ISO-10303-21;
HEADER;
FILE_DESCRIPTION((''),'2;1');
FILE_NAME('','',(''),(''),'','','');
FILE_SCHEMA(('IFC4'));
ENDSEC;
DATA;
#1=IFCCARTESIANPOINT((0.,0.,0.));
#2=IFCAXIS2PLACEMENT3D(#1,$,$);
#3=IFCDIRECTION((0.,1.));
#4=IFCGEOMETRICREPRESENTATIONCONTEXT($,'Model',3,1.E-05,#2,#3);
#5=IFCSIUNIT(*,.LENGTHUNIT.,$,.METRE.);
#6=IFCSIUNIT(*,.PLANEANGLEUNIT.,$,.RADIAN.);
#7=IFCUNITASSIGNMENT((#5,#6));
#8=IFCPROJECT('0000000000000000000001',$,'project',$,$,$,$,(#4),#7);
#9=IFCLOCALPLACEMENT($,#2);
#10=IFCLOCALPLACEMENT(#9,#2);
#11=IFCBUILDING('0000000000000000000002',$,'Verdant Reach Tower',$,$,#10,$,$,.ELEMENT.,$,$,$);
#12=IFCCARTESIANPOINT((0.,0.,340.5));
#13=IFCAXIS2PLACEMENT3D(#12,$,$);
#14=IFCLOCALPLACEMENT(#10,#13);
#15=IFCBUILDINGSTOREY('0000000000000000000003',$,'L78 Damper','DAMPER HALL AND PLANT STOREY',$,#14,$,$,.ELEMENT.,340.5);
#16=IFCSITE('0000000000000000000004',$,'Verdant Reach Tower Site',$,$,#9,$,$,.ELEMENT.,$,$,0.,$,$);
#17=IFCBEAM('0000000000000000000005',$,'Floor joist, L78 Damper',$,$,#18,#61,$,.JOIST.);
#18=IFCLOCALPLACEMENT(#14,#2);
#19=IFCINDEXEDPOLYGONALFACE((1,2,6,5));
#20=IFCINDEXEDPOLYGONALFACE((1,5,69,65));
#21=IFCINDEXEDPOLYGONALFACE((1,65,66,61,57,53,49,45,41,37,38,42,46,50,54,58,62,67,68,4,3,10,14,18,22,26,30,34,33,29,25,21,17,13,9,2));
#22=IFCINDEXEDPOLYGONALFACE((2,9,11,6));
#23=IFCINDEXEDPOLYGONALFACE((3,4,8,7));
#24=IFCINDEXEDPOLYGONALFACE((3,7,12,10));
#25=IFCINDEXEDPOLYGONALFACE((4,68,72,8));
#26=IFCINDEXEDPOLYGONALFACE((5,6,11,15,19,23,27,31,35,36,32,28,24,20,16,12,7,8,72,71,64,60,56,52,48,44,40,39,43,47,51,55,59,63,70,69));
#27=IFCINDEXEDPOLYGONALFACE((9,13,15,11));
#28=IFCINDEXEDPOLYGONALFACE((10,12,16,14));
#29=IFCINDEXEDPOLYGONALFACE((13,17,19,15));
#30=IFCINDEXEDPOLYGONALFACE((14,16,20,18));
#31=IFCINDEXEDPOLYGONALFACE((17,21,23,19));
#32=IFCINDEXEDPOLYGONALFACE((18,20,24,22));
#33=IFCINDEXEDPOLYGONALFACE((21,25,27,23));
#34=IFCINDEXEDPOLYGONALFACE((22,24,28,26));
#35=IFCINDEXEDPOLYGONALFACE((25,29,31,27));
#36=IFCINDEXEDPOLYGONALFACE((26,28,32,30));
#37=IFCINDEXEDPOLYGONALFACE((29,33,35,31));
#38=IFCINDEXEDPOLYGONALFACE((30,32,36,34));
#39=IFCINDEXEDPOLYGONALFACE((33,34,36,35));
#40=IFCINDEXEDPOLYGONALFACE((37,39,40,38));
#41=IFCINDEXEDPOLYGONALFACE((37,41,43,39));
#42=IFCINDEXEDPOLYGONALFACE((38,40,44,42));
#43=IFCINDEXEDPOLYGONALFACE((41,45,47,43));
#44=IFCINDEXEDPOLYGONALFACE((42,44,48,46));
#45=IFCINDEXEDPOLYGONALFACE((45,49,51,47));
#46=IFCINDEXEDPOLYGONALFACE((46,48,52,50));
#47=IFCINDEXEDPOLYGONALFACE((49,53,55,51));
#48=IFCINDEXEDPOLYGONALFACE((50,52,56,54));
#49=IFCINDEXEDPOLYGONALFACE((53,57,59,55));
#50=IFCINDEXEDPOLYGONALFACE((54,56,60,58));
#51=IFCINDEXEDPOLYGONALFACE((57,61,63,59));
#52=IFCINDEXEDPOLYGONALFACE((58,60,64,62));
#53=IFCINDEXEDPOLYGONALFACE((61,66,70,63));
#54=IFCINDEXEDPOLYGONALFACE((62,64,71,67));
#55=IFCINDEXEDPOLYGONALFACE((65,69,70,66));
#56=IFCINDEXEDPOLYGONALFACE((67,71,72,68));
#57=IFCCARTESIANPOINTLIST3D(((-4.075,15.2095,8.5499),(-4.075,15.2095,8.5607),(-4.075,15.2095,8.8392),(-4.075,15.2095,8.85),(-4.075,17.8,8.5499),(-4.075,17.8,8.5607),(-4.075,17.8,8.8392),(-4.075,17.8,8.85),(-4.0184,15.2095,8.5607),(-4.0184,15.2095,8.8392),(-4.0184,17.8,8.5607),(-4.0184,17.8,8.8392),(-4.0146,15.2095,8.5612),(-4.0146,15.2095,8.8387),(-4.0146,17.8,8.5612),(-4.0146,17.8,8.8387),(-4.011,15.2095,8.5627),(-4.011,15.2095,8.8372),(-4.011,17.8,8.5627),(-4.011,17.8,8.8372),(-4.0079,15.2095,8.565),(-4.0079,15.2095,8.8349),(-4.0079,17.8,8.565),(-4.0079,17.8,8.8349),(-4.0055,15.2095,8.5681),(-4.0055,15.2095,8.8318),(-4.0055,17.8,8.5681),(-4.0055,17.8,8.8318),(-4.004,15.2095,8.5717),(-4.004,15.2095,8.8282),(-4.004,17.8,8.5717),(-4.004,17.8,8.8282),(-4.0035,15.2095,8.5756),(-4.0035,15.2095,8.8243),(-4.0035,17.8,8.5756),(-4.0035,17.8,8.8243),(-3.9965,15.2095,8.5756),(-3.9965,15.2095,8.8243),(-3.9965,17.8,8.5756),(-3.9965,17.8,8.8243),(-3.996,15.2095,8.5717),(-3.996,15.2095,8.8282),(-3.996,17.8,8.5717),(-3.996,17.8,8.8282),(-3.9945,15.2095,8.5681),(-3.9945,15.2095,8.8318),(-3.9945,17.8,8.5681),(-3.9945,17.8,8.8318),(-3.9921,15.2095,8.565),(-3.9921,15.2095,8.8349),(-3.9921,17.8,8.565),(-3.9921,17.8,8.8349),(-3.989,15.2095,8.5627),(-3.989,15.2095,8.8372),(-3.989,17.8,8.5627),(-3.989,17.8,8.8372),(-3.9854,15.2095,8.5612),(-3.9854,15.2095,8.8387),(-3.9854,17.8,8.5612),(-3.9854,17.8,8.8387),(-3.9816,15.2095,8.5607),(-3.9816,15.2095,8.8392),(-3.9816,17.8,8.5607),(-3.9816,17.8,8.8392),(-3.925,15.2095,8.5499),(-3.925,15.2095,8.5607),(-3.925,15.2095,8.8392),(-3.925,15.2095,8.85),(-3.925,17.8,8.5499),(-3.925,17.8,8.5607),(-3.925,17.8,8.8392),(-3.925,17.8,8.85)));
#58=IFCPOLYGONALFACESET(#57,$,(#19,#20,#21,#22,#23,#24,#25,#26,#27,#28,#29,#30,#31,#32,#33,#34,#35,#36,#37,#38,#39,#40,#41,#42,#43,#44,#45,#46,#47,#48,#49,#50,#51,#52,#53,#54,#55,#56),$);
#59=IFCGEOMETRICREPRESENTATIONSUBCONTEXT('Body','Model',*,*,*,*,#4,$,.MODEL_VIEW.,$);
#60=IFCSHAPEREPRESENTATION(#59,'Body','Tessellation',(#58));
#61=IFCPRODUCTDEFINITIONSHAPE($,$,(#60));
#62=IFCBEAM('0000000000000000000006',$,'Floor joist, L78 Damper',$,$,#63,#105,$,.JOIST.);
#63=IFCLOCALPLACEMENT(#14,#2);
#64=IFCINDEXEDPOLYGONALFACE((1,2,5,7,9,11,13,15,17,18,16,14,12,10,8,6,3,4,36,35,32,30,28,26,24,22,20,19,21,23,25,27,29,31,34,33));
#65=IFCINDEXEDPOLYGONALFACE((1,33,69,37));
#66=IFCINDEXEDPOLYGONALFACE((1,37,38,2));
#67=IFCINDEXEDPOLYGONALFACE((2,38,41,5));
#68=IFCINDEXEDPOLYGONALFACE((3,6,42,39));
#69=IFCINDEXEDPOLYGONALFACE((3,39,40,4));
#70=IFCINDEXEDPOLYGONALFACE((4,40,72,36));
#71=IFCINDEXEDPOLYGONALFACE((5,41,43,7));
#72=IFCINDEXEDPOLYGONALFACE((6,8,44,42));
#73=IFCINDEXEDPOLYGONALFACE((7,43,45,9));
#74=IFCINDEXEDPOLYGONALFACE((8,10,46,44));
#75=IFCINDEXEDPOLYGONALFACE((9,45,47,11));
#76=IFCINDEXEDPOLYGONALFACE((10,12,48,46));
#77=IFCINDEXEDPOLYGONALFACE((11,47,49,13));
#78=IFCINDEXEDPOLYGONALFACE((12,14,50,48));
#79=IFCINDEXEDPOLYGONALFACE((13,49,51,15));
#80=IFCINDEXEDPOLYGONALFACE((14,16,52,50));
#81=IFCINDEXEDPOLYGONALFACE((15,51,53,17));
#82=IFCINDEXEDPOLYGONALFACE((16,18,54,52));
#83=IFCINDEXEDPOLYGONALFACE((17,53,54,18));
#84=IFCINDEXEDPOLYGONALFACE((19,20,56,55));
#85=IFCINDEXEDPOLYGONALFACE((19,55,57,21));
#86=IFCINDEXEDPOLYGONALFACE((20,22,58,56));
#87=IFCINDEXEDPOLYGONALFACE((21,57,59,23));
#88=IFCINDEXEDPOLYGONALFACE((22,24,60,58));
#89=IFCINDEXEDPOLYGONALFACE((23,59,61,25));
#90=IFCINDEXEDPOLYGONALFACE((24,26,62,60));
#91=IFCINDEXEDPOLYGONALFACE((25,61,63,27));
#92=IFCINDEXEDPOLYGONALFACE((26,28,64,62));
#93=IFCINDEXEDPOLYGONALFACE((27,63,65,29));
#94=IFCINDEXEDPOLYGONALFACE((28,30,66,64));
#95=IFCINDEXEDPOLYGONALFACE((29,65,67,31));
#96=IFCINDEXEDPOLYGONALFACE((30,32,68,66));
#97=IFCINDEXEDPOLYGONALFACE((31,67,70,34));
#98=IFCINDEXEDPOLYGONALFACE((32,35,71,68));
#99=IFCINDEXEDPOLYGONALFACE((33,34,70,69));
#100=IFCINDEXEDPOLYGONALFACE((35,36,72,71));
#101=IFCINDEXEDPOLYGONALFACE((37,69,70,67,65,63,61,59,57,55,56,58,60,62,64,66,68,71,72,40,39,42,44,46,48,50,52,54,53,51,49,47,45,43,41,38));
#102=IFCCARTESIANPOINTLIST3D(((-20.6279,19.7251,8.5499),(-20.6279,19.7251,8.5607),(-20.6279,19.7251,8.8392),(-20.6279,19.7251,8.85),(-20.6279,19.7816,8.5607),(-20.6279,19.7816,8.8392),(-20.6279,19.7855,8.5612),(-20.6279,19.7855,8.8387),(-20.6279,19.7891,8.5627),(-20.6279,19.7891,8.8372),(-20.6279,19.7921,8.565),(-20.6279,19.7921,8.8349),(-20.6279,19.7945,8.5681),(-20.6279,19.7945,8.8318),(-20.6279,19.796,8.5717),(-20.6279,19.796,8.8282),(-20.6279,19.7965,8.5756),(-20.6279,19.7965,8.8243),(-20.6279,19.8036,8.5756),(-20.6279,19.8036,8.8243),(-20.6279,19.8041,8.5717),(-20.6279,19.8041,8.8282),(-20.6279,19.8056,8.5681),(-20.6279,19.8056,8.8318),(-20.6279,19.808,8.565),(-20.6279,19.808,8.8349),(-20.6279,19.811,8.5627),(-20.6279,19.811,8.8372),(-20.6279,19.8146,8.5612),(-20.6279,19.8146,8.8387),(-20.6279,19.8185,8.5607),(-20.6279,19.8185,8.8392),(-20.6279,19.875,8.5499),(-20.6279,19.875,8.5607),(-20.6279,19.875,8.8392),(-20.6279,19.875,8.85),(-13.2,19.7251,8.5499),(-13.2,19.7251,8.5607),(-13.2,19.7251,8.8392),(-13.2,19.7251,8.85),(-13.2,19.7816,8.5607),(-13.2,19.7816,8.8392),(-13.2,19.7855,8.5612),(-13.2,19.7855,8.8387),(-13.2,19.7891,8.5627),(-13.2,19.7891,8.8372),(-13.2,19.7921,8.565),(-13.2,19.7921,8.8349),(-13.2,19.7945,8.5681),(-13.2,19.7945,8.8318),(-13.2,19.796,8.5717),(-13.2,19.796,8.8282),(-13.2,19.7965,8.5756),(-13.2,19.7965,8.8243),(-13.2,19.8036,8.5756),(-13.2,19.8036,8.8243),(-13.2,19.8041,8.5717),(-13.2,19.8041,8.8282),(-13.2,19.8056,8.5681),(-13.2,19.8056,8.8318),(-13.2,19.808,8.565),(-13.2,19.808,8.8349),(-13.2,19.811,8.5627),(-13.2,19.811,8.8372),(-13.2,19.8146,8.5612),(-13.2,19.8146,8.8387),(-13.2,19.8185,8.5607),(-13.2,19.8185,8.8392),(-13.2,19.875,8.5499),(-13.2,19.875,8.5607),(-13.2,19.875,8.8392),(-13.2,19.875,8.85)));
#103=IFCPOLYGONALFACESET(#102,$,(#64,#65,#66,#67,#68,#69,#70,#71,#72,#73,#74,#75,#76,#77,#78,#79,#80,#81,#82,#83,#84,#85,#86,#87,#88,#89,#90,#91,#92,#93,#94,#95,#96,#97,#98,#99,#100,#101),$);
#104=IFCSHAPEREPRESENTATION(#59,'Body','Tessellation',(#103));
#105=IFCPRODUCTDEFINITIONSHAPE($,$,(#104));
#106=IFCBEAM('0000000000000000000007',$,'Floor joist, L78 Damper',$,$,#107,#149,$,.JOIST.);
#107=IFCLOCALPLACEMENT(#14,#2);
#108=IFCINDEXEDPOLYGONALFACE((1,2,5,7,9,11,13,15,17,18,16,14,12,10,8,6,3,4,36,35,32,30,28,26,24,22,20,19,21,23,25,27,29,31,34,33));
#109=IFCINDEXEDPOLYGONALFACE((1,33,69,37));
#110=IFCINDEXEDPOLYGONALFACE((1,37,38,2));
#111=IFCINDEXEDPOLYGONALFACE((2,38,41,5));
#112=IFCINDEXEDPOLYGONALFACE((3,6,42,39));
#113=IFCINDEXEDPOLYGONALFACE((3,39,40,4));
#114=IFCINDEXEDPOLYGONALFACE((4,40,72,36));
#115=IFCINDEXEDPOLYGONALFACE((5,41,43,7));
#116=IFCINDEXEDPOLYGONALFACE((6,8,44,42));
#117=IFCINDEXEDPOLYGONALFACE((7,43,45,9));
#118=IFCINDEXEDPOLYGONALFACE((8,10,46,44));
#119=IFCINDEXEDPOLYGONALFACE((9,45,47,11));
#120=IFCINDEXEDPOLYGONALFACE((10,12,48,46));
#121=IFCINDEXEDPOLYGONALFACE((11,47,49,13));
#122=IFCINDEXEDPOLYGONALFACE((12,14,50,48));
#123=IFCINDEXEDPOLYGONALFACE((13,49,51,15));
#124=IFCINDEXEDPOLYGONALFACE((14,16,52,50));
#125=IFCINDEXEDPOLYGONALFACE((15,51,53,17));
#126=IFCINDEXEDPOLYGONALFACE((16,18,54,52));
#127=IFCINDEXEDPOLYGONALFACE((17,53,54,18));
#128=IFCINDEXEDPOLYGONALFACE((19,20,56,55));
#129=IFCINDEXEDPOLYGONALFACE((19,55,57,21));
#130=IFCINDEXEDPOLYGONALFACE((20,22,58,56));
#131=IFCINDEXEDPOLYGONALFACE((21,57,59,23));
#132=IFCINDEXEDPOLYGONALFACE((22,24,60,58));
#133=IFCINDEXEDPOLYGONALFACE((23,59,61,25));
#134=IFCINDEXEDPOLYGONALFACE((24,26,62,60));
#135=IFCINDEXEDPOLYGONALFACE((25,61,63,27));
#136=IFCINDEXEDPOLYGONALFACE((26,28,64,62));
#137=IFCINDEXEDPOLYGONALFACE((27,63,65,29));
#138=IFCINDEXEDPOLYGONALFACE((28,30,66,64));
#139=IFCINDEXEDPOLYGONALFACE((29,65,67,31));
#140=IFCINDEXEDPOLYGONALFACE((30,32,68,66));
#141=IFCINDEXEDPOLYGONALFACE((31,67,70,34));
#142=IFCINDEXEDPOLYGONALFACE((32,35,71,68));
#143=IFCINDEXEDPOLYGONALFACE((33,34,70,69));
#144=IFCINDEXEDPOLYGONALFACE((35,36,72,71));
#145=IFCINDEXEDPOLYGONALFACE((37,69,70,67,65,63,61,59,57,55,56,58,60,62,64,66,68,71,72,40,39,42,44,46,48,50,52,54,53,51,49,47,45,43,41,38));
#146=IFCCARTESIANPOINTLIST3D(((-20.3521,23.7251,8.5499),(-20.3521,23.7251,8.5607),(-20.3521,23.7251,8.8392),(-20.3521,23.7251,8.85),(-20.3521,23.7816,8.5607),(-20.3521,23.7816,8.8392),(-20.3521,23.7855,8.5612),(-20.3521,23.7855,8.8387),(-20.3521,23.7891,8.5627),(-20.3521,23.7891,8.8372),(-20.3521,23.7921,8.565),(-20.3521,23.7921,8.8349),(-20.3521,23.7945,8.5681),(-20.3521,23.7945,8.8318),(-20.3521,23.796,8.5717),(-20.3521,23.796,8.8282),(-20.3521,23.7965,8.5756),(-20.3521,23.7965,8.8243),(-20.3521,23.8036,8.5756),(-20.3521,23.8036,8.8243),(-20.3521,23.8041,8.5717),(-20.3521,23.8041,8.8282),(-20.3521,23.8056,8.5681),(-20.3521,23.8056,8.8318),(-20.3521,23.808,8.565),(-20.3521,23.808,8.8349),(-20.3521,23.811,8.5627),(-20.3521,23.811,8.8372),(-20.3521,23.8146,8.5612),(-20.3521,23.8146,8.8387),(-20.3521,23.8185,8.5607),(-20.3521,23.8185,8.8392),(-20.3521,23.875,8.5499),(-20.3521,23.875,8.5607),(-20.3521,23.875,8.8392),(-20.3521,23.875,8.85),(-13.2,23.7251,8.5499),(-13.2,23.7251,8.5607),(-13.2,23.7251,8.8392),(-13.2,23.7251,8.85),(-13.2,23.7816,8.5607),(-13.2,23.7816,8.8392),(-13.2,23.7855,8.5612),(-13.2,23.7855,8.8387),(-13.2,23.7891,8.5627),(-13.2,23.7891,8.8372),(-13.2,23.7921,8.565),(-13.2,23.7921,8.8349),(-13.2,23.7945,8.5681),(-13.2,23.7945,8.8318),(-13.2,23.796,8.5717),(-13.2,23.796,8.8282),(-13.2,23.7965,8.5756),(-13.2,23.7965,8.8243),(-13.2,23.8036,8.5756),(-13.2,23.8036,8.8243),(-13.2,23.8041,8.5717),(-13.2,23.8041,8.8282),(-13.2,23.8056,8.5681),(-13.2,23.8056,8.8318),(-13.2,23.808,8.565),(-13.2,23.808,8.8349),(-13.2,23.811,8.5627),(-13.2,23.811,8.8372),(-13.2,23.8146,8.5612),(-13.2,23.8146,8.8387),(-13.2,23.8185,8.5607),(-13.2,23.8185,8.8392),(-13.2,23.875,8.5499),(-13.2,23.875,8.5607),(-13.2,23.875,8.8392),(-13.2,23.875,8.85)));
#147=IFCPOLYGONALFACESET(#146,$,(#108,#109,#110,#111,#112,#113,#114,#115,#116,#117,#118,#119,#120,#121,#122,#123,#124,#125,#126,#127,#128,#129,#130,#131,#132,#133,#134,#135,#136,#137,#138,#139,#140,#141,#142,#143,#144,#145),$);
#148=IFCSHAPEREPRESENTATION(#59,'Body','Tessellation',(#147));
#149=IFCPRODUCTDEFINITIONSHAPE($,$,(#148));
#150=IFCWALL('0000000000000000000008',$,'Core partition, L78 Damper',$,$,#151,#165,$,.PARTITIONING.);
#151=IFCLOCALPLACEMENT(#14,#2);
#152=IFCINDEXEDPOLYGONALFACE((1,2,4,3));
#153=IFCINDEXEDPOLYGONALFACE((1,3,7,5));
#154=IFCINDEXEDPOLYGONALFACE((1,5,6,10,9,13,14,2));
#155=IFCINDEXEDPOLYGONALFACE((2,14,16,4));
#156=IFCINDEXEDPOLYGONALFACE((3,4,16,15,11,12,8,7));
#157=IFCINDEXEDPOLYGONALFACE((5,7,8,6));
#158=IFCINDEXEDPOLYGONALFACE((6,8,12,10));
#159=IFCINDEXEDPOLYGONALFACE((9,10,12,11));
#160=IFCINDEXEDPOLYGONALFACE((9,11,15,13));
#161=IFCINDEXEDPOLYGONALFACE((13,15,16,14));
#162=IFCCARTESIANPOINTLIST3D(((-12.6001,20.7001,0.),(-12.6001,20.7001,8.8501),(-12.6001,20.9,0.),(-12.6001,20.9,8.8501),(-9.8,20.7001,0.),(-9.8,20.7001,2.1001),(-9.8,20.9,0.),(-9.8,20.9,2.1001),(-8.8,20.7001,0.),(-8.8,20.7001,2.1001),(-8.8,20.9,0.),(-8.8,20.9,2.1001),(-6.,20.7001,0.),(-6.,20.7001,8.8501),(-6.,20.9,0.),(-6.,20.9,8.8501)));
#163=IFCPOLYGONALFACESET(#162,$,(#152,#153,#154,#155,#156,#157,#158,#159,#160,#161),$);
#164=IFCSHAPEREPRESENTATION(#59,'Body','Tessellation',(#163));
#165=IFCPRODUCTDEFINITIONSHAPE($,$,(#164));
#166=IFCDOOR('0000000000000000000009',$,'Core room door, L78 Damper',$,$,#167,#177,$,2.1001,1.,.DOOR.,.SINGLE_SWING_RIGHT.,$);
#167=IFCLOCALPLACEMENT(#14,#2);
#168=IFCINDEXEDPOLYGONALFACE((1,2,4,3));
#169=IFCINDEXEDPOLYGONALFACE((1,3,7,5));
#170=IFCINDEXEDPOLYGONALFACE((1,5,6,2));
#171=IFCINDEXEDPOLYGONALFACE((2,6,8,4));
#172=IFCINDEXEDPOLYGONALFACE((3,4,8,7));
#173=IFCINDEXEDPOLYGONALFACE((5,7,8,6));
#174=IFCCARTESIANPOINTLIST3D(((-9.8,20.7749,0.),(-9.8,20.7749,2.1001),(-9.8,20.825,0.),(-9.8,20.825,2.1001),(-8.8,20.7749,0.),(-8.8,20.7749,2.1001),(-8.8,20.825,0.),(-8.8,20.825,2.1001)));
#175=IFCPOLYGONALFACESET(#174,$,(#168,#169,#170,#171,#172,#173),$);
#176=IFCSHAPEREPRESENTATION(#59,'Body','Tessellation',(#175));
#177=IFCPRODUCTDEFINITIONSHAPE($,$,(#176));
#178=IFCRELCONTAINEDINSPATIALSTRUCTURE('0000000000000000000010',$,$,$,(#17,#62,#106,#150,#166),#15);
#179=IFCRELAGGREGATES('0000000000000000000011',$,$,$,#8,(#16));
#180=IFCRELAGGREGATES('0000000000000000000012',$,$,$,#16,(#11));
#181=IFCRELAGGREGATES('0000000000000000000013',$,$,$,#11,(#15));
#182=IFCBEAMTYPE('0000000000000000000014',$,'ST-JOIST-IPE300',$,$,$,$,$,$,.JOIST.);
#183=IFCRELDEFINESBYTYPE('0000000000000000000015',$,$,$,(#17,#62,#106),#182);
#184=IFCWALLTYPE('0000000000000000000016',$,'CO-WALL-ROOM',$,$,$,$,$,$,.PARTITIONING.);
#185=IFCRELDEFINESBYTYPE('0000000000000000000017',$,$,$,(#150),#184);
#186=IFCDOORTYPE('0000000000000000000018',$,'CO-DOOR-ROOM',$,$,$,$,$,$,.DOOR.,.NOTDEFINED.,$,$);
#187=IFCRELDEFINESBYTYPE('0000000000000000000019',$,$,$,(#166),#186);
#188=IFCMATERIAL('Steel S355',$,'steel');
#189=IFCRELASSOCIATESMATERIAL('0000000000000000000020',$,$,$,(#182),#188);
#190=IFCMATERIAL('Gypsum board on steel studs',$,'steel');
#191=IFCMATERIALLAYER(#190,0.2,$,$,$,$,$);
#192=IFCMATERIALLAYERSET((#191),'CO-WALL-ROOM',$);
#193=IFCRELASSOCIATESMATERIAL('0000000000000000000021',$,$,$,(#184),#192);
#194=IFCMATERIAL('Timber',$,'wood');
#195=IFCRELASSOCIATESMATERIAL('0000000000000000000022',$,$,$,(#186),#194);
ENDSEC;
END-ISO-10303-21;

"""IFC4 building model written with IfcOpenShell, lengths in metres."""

from ifc_helpers import new_model, si_unit, direction, frame, frame_2d, origin, origin_2d, place, context, subcontext, project, spatial, rectangle, i_section, extrude, material, layer, layer_set, material_profile, profile_set, type_object, element, fill, save


model = new_model("IFC4")

# Units and contexts
model_context = context("Model", 3, precision=1e-05, world=origin(), true_north=direction((0.0, 1.0)))
body_context = subcontext(model_context, "Body", "Model", "MODEL_VIEW")
ifc_project = project(units=[si_unit("LENGTHUNIT", "METRE"), si_unit("PLANEANGLEUNIT", "RADIAN")], contexts=[model_context])

# Site, building, storey
site_placement = place(None, origin())
site = spatial("IfcSite", under=ifc_project, at=site_placement, Name="Verdant Reach Tower Site", CompositionType="ELEMENT", RefElevation=0.0)
building_placement = place(site_placement, origin())
building = spatial("IfcBuilding", under=site, at=building_placement, Name="Verdant Reach Tower", CompositionType="ELEMENT")
storey_placement = place(building_placement, frame((0.0, 0.0, 340.5)))
storey = spatial("IfcBuildingStorey", under=building, at=storey_placement, Name="L78 Damper", Description="DAMPER HALL AND PLANT STOREY", CompositionType="ELEMENT", Elevation=340.5)

# Beams
ifc_material_1 = material(Name="Steel S355", Category="steel")
ifc_material_profile = material_profile(ifc_material_1, i_section(OverallWidth=0.1499, OverallDepth=0.3, WebThickness=0.0071, FlangeThickness=0.0107, FilletRadius=0.0149, at=origin_2d()), Name="IPE 300")
ifc_profile_set = profile_set([ifc_material_profile], Name="Steel S355")
beam_type = type_object("IfcBeamType", Name="ST-JOIST-IPE300", PredefinedType="JOIST", material=ifc_profile_set)
beam_1_placement = place(storey_placement, frame((-4.0, 17.8, 8.7), z_axis=(0.0, -1.0, 0.0), x_axis=(1.0, 0.0, 0.0)))
element("IfcBeam", 1, at=beam_1_placement, inside=storey, type_object=beam_type, Name="Floor joist, L78 Damper", PredefinedType="JOIST", context=body_context, shape_type="SweptSolid", body=[
    extrude(i_section(OverallWidth=0.1499, OverallDepth=0.3, WebThickness=0.0071, FlangeThickness=0.0107, FilletRadius=0.0149, at=origin_2d()), origin(), (0.0, 0.0, 1.0), 2.5906),
])
beam_2_placement = place(storey_placement, frame((-13.2, 19.8, 8.7), z_axis=(-1.0, 0.0, 0.0), x_axis=(0.0, -1.0, 0.0)))
element("IfcBeam", 2, at=beam_2_placement, inside=storey, type_object=beam_type, Name="Floor joist, L78 Damper", PredefinedType="JOIST", context=body_context, shape_type="SweptSolid", body=[
    extrude(i_section(OverallWidth=0.1499, OverallDepth=0.3, WebThickness=0.0071, FlangeThickness=0.0107, FilletRadius=0.0149, at=origin_2d()), origin(), (0.0, 0.0, 1.0), 7.428),
])
beam_3_placement = place(storey_placement, frame((-13.2, 23.8, 8.7), z_axis=(-1.0, 0.0, 0.0), x_axis=(0.0, -1.0, 0.0)))
element("IfcBeam", 3, at=beam_3_placement, inside=storey, type_object=beam_type, Name="Floor joist, L78 Damper", PredefinedType="JOIST", context=body_context, shape_type="SweptSolid", body=[
    extrude(i_section(OverallWidth=0.1499, OverallDepth=0.3, WebThickness=0.0071, FlangeThickness=0.0107, FilletRadius=0.0149, at=origin_2d()), origin(), (0.0, 0.0, 1.0), 7.1521),
])

# Wall, opening, door
ifc_material_2 = material(Name="Gypsum board on steel studs", Category="steel")
ifc_layer_1 = layer(ifc_material_2, 0.2)
ifc_layer_set_1 = layer_set([ifc_layer_1], Name="CO-WALL-ROOM")
wall_type_1 = type_object("IfcWallType", Name="CO-WALL-ROOM", PredefinedType="PARTITIONING", material=ifc_layer_set_1)
wall_1_placement = place(storey_placement, frame((-12.6001, 20.8, 0.0), z_axis=(0.0, 0.0, 1.0), x_axis=(1.0, 0.0, 0.0)))
wall_1 = element("IfcWall", 4, at=wall_1_placement, inside=storey, type_object=wall_type_1, Name="Core partition, L78 Damper", PredefinedType="PARTITIONING", context=body_context, shape_type="SweptSolid", body=[
    extrude(rectangle(XDim=6.6001, YDim=0.2, at=frame_2d((3.3, 0.0))), origin(), (0.0, 0.0, 1.0), 8.8501),
])
opening_1_placement = place(wall_1_placement, frame((2.8, 0.0, 0.0)))
opening_1 = element("IfcOpeningElement", 5, at=opening_1_placement, cuts=wall_1, PredefinedType="OPENING", context=body_context, shape_type="SweptSolid", body=[
    extrude(rectangle(XDim=1.0, YDim=2.1001, at=frame_2d((0.5, 1.05))), frame((0.0, 0.1099, 0.0), z_axis=(0.0, -1.0, 0.0), x_axis=(1.0, 0.0, 0.0)), (0.0, 0.0, 1.0), 0.22),
])
ifc_material_3 = material(Name="Timber", Category="wood")
door_type_1 = type_object("IfcDoorType", Name="CO-DOOR-ROOM", OperationType="NOTDEFINED", PredefinedType="DOOR", material=ifc_material_3)
door_1_placement = place(opening_1_placement, origin())
door_1 = element("IfcDoor", 6, at=door_1_placement, inside=storey, type_object=door_type_1, Name="Core room door, L78 Damper", OperationType="SINGLE_SWING_RIGHT", OverallHeight=2.1001, OverallWidth=1.0, PredefinedType="DOOR", context=body_context, shape_type="SweptSolid", body=[
    extrude(rectangle(XDim=1.0, YDim=2.1001, at=frame_2d((0.5, 1.05))), frame((0.0, 0.0249, 0.0), z_axis=(0.0, -1.0, 0.0), x_axis=(1.0, 0.0, 0.0)), (0.0, 0.0, 1.0), 0.05),
])
fill(opening_1, door_1)

save(model, "model.ifc")
